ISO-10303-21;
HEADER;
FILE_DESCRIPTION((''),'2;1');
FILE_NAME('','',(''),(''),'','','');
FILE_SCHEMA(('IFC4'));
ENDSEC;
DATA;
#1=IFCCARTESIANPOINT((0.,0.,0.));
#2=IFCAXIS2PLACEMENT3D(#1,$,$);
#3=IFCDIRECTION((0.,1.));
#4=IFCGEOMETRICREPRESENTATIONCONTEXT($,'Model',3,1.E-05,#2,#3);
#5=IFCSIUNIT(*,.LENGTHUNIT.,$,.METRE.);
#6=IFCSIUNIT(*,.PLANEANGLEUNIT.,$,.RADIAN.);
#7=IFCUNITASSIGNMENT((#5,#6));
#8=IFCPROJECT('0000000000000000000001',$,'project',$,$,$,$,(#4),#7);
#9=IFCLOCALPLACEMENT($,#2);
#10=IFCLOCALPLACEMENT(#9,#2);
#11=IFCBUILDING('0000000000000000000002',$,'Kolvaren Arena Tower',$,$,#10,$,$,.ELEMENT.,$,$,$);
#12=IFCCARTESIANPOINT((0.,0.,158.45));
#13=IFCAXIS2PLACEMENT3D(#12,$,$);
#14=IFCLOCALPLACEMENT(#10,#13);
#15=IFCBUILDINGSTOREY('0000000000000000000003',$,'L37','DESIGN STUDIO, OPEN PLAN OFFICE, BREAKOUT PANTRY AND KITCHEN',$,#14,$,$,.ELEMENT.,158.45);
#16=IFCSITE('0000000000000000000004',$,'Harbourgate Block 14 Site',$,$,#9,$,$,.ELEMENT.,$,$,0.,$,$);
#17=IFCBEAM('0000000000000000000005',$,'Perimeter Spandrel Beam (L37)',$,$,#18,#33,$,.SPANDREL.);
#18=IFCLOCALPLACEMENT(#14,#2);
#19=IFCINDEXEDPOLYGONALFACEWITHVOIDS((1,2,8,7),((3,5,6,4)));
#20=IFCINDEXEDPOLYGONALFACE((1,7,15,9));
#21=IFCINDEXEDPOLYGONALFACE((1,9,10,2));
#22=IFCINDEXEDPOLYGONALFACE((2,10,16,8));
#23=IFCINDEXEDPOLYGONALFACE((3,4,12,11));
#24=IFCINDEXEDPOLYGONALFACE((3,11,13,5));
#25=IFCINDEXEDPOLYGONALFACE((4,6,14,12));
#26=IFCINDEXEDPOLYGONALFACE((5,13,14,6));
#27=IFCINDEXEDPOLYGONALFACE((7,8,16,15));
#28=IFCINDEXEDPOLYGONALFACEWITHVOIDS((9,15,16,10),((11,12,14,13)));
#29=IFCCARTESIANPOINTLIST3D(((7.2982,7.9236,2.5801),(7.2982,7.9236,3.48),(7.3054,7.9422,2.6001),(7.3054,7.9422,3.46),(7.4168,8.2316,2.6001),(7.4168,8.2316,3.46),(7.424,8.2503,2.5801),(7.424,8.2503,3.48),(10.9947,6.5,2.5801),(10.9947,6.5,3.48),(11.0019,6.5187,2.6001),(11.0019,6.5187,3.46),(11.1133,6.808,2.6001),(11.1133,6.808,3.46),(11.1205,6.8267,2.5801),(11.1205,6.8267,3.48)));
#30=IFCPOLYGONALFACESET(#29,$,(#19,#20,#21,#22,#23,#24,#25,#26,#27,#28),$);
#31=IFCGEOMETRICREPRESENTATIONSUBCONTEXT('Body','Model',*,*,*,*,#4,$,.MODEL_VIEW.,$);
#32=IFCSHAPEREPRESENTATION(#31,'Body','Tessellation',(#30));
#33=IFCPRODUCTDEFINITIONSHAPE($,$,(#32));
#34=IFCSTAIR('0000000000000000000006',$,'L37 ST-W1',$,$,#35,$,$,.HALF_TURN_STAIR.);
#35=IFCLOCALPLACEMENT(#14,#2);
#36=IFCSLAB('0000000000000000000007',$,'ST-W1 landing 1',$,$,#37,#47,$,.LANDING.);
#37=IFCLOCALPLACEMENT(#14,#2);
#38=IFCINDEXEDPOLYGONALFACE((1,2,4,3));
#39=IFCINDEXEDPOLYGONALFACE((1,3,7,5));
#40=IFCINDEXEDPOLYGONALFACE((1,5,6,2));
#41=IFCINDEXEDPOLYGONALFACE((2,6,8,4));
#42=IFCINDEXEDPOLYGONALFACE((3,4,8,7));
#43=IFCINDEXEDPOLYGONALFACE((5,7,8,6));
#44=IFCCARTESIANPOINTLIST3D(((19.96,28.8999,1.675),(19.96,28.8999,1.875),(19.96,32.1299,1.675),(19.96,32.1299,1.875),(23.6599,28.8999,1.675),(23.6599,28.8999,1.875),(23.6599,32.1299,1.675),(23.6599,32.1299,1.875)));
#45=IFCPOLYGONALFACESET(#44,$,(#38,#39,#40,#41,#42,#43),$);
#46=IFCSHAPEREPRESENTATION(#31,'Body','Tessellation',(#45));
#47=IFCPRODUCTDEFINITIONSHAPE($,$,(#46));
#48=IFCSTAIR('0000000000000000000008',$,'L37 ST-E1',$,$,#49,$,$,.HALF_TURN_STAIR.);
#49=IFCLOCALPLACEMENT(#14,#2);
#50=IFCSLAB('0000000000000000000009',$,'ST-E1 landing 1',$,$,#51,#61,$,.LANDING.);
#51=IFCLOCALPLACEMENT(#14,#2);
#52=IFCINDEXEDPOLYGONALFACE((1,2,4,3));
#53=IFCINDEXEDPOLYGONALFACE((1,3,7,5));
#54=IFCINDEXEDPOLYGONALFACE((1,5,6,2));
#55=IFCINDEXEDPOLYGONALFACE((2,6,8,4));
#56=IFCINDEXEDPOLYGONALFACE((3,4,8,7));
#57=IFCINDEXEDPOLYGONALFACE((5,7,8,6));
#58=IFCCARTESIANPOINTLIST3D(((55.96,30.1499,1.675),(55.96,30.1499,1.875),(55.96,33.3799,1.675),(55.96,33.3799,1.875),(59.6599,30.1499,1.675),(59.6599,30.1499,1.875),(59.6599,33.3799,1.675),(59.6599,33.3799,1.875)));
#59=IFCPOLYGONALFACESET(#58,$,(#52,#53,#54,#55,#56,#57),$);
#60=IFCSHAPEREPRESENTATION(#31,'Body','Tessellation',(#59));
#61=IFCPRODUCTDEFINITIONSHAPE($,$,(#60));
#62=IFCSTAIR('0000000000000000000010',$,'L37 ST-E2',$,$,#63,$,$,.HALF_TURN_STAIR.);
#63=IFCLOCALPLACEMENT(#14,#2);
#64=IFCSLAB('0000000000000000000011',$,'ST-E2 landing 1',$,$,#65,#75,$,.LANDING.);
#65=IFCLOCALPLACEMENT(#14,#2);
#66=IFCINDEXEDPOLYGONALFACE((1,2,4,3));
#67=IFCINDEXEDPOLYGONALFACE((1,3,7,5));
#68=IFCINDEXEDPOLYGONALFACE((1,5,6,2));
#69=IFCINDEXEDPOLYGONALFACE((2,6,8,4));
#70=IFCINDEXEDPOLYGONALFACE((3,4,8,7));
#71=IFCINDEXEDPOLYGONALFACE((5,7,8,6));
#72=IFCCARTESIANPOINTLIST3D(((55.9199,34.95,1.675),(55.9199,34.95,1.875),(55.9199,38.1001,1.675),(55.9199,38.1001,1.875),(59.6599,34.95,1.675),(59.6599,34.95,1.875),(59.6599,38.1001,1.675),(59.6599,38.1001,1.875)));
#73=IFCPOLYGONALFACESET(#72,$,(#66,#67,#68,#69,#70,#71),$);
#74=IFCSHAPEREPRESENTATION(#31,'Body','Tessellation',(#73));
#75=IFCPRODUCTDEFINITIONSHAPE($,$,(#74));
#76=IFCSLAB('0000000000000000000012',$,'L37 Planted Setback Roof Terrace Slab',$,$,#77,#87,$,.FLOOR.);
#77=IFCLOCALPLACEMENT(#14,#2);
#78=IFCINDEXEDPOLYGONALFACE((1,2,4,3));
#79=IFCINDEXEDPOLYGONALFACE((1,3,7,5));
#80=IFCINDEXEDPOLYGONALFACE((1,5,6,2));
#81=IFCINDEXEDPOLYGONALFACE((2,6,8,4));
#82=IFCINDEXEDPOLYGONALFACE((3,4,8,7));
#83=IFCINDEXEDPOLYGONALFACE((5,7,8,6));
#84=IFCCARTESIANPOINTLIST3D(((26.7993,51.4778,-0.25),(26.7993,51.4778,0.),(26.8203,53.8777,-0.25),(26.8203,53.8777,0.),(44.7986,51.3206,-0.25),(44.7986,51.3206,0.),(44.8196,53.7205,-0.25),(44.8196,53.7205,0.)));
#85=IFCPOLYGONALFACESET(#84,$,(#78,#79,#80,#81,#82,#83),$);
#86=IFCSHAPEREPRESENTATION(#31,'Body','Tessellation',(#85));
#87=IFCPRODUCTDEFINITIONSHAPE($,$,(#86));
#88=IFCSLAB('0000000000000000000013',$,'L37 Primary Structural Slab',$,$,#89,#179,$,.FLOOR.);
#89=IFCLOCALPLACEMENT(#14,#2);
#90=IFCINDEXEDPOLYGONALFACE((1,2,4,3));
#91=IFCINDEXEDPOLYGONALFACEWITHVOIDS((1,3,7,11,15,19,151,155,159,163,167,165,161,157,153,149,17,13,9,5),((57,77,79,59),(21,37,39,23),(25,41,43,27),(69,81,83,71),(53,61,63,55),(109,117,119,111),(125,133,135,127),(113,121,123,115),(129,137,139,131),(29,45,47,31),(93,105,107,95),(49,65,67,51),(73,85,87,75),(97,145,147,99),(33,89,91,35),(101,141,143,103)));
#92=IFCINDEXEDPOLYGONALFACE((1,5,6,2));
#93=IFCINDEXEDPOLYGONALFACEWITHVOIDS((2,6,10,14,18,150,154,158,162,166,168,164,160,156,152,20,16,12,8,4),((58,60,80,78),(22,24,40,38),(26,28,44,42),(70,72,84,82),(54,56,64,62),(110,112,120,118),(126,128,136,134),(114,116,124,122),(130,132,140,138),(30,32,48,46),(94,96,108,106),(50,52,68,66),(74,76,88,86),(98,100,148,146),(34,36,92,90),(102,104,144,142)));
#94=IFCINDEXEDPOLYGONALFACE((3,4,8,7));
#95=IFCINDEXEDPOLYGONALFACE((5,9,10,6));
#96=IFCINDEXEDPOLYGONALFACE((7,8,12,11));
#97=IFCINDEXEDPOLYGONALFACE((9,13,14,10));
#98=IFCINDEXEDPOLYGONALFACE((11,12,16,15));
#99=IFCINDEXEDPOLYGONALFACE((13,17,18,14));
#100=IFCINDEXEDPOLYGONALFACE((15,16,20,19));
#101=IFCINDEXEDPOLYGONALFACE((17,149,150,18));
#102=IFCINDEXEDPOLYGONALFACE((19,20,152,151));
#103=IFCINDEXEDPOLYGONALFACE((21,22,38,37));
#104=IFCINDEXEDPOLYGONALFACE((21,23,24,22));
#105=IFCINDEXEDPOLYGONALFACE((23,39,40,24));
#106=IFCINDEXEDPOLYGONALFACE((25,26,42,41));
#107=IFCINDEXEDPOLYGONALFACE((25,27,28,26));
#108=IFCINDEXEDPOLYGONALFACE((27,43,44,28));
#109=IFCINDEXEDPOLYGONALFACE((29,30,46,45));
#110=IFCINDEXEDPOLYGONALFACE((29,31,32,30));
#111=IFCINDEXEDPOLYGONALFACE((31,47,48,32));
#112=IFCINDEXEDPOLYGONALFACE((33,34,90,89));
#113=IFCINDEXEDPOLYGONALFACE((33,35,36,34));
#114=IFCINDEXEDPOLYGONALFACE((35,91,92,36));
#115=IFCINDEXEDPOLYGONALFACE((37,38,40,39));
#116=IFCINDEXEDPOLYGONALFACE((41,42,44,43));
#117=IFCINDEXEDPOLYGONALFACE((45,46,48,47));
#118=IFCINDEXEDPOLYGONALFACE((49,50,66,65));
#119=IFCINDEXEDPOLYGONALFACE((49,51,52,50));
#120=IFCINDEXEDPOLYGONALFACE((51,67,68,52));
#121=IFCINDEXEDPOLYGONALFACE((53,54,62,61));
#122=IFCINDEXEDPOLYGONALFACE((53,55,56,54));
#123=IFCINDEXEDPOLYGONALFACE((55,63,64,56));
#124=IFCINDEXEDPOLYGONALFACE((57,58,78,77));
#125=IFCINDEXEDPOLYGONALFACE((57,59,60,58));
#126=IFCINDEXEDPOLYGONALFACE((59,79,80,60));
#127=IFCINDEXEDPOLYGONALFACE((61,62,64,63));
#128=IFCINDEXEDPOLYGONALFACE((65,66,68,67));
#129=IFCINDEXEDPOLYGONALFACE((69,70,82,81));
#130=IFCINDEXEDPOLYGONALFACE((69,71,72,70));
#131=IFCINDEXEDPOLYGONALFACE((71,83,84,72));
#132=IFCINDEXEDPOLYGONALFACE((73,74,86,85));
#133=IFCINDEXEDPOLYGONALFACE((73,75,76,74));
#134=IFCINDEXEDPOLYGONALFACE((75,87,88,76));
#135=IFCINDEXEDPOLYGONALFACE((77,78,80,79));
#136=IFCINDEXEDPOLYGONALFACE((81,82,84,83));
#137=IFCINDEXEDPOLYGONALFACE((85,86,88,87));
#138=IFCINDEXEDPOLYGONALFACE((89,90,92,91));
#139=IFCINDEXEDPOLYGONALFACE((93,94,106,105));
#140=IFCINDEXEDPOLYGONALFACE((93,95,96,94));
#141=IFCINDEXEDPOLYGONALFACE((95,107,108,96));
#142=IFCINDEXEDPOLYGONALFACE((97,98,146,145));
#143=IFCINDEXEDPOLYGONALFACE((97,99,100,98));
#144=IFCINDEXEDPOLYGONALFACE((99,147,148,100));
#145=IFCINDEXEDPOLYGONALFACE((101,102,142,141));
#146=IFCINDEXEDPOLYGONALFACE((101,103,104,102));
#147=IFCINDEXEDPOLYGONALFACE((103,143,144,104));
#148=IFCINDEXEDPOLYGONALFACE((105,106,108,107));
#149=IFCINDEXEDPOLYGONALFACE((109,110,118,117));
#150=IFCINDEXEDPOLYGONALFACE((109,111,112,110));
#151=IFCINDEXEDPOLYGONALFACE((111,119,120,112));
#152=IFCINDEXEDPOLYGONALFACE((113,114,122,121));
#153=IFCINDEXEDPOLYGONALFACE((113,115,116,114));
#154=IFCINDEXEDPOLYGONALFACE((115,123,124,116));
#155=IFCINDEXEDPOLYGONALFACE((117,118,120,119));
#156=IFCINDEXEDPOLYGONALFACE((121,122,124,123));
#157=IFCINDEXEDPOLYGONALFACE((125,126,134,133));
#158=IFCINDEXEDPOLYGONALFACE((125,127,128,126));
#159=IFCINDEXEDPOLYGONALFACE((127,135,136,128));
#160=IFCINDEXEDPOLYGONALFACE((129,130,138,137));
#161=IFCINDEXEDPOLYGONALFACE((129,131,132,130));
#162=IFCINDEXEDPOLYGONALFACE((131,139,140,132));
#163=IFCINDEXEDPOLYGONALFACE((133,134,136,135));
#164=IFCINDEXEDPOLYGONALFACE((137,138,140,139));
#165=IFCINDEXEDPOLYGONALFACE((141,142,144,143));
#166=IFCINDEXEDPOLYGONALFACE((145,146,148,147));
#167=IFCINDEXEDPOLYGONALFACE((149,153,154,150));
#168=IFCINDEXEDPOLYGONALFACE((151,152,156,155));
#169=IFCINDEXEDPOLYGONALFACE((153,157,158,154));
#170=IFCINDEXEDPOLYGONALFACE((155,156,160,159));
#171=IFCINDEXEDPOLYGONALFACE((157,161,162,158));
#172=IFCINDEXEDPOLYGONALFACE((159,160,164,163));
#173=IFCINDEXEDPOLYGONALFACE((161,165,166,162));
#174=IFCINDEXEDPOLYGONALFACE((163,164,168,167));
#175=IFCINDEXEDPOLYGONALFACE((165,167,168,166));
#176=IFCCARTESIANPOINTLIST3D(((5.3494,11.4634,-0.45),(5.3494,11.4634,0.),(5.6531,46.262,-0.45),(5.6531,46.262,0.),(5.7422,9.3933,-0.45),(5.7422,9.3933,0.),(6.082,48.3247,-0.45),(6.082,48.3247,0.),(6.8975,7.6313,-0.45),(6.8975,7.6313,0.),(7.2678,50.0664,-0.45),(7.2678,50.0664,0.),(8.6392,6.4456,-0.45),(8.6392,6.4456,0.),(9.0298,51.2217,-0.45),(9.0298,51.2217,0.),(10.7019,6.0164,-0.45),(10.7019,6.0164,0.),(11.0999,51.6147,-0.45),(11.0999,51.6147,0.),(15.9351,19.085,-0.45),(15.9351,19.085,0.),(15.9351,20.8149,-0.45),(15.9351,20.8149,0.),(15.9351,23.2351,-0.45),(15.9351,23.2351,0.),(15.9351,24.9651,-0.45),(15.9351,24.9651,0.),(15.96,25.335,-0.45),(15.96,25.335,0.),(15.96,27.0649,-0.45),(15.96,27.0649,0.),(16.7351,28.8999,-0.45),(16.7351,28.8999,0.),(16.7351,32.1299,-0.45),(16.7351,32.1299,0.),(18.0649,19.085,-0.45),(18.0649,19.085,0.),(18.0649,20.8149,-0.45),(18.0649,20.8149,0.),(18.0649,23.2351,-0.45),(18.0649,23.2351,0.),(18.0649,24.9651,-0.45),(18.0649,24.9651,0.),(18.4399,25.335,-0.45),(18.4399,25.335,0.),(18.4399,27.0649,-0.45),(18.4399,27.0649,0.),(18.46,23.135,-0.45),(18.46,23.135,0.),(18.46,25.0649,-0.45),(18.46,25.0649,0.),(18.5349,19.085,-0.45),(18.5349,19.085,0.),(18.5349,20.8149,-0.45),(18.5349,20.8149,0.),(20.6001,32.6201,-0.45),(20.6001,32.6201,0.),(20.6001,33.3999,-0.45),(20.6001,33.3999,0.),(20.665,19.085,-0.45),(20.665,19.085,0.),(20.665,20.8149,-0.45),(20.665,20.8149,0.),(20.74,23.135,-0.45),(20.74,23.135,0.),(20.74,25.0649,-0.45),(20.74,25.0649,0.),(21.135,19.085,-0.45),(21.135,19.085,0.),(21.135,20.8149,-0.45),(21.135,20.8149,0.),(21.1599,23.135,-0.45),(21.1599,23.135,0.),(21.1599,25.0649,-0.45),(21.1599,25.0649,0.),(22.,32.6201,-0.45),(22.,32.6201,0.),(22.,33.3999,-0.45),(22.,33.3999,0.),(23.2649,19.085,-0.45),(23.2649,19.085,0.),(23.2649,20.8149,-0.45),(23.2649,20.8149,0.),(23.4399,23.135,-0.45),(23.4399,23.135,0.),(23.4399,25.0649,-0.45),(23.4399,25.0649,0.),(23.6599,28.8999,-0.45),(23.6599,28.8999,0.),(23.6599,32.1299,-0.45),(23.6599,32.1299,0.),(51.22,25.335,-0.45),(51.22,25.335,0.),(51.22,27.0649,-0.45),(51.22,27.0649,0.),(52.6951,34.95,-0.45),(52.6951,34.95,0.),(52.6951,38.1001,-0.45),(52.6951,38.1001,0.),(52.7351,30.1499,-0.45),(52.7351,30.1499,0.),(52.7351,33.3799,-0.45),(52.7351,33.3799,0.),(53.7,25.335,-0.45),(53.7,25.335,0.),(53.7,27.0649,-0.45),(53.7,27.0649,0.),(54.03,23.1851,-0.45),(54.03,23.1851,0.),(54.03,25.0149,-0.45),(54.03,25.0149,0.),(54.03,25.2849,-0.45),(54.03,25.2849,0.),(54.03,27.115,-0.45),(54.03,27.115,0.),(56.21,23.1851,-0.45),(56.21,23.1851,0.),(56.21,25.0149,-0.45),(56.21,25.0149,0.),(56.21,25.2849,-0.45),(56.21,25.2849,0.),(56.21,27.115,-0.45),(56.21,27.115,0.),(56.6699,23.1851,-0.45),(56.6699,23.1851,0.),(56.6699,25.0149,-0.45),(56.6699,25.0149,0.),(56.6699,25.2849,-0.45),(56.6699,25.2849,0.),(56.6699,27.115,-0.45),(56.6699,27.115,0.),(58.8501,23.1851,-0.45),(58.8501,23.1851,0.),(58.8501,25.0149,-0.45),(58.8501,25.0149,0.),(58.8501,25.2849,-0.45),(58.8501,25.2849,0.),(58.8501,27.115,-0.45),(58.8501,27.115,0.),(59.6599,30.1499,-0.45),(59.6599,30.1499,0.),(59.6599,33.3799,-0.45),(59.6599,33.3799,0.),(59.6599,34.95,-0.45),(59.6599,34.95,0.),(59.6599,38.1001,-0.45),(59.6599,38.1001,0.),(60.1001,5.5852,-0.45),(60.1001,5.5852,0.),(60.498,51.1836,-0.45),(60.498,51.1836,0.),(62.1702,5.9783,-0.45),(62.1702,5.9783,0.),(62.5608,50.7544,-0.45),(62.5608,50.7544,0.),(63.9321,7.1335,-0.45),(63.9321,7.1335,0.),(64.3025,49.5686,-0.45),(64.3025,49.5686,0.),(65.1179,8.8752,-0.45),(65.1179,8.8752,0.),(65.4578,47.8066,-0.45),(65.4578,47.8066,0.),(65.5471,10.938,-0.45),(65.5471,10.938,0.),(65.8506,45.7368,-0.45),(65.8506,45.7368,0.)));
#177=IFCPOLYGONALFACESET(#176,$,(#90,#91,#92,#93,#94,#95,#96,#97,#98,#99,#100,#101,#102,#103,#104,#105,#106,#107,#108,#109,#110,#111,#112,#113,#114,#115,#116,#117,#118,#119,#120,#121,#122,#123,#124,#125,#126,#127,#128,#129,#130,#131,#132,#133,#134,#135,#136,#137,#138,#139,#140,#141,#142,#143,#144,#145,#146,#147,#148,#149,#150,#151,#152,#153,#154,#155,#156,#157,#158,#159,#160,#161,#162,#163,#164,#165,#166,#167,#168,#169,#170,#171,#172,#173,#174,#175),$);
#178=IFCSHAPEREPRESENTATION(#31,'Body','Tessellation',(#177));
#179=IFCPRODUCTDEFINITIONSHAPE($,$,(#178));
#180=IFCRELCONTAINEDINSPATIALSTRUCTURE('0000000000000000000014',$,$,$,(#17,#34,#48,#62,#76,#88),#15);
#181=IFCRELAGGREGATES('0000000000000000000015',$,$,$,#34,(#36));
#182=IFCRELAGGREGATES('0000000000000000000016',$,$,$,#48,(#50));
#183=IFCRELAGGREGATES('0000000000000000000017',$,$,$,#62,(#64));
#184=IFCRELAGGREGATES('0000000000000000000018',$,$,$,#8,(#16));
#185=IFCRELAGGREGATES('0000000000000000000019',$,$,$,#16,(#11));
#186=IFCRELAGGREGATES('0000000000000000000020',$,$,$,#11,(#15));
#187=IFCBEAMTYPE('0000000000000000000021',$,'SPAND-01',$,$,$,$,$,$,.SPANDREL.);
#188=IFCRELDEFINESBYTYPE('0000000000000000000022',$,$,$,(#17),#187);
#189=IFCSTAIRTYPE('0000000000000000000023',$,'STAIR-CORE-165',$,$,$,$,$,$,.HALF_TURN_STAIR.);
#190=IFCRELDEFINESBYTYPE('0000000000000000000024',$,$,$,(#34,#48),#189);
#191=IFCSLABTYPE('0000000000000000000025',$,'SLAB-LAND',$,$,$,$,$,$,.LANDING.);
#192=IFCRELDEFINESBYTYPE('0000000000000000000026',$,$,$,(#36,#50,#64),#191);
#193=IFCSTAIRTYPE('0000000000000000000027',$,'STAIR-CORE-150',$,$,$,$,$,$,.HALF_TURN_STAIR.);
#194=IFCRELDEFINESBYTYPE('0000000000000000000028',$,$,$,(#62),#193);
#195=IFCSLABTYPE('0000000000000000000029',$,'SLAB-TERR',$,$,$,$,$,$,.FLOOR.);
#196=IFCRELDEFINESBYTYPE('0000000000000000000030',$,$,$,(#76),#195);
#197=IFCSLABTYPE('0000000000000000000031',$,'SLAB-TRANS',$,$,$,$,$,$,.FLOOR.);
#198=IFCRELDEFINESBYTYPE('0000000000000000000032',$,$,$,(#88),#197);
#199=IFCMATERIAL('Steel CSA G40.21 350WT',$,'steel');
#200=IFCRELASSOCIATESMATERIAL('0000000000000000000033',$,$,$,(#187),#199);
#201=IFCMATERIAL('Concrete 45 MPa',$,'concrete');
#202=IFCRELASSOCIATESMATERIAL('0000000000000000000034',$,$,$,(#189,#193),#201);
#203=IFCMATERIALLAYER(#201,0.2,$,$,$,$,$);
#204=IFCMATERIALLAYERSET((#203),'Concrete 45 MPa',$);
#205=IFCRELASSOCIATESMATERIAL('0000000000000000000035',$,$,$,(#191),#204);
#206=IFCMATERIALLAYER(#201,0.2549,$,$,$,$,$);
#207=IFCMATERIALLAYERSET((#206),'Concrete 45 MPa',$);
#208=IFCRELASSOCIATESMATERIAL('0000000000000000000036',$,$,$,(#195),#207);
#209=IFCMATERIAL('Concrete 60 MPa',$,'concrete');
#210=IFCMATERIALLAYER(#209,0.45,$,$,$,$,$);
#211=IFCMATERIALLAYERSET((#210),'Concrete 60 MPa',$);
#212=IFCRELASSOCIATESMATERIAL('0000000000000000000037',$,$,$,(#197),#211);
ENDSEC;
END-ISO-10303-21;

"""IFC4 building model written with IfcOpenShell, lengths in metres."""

from ifc_helpers import new_model, si_unit, direction, frame, origin, origin_2d, place, context, subcontext, project, spatial, polyline, hollow_rectangle, outline, extrude, material, layer, layer_set, material_profile, profile_set, type_object, element, aggregate, save


model = new_model("IFC4")

# Units and contexts
model_context = context("Model", 3, precision=1e-05, world=origin(), true_north=direction((0.0, 1.0)))
body_context = subcontext(model_context, "Body", "Model", "MODEL_VIEW")
ifc_project = project(units=[si_unit("LENGTHUNIT", "METRE"), si_unit("PLANEANGLEUNIT", "RADIAN")], contexts=[model_context])

# Site, building, storey
site_placement = place(None, origin())
site = spatial("IfcSite", under=ifc_project, at=site_placement, Name="Harbourgate Block 14 Site", CompositionType="ELEMENT", RefElevation=0.0)
building_placement = place(site_placement, origin())
building = spatial("IfcBuilding", under=site, at=building_placement, Name="Kolvaren Arena Tower", CompositionType="ELEMENT")
storey_placement = place(building_placement, frame((0.0, 0.0, 158.45)))
storey = spatial("IfcBuildingStorey", under=building, at=storey_placement, Name="L37", Description="DESIGN STUDIO, OPEN PLAN OFFICE, BREAKOUT PANTRY AND KITCHEN", CompositionType="ELEMENT", Elevation=158.45)

# Beam
ifc_material_1 = material(Name="Steel CSA G40.21 350WT", Category="steel")
ifc_material_profile_1 = material_profile(ifc_material_1, hollow_rectangle(XDim=0.3501, YDim=0.8999, WallThickness=0.02, at=origin_2d()), Name="HSS 900x350x20")
ifc_profile_set_1 = profile_set([ifc_material_profile_1], Name="Steel CSA G40.21 350WT")
beam_type_1 = type_object("IfcBeamType", Name="SPAND-01", PredefinedType="SPANDREL", material=ifc_profile_set_1)
beam_1_placement = place(storey_placement, frame((7.3611, 8.0869, 3.03), z_axis=(0.93319, -0.359384, 0.0), x_axis=(0.359384, 0.93319, 0.0)))
element("IfcBeam", 1, at=beam_1_placement, inside=storey, type_object=beam_type_1, Name="Perimeter Spandrel Beam (L37)", PredefinedType="SPANDREL", context=body_context, shape_type="SweptSolid", body=[
    extrude(hollow_rectangle(XDim=0.3501, YDim=0.8999, WallThickness=0.02, at=origin_2d()), origin(), (0.0, 0.0, 1.0), 3.9612),
])

# Stairs, slabs
ifc_material_2 = material(Name="Concrete 45 MPa", Category="concrete")
stair_type_1 = type_object("IfcStairType", Name="STAIR-CORE-165", PredefinedType="HALF_TURN_STAIR", material=ifc_material_2)
stair_1_placement = place(storey_placement, origin())
stair_1 = element("IfcStair", 2, at=stair_1_placement, inside=storey, type_object=stair_type_1, Name="L37 ST-W1", PredefinedType="HALF_TURN_STAIR")
ifc_layer_1 = layer(ifc_material_2, 0.2)
ifc_layer_set_1 = layer_set([ifc_layer_1], Name="Concrete 45 MPa")
slab_type_1 = type_object("IfcSlabType", Name="SLAB-LAND", PredefinedType="LANDING", material=ifc_layer_set_1)
slab_1_placement = place(storey_placement, frame((0.0, 0.0, 1.675)))
slab_1 = element("IfcSlab", 3, at=slab_1_placement, type_object=slab_type_1, Name="ST-W1 landing 1", PredefinedType="LANDING", context=body_context, shape_type="SweptSolid", body=[
    extrude(outline(polyline([(19.96, 28.8999), (23.6599, 28.8999), (23.6599, 32.1299), (19.96, 32.1299), (19.96, 28.8999)])), origin(), (0.0, 0.0, 1.0), 0.2),
])
aggregate(stair_1, [slab_1])
stair_2_placement = place(storey_placement, origin())
stair_2 = element("IfcStair", 4, at=stair_2_placement, inside=storey, type_object=stair_type_1, Name="L37 ST-E1", PredefinedType="HALF_TURN_STAIR")
slab_2_placement = place(storey_placement, frame((0.0, 0.0, 1.675)))
slab_2 = element("IfcSlab", 5, at=slab_2_placement, type_object=slab_type_1, Name="ST-E1 landing 1", PredefinedType="LANDING", context=body_context, shape_type="SweptSolid", body=[
    extrude(outline(polyline([(55.96, 30.1499), (59.6599, 30.1499), (59.6599, 33.3799), (55.96, 33.3799), (55.96, 30.1499)])), origin(), (0.0, 0.0, 1.0), 0.2),
])
aggregate(stair_2, [slab_2])
stair_type_2 = type_object("IfcStairType", Name="STAIR-CORE-150", PredefinedType="HALF_TURN_STAIR", material=ifc_material_2)
stair_3_placement = place(storey_placement, origin())
stair_3 = element("IfcStair", 6, at=stair_3_placement, inside=storey, type_object=stair_type_2, Name="L37 ST-E2", PredefinedType="HALF_TURN_STAIR")
slab_3_placement = place(storey_placement, frame((0.0, 0.0, 1.675)))
slab_3 = element("IfcSlab", 7, at=slab_3_placement, type_object=slab_type_1, Name="ST-E2 landing 1", PredefinedType="LANDING", context=body_context, shape_type="SweptSolid", body=[
    extrude(outline(polyline([(55.9199, 34.95), (59.6599, 34.95), (59.6599, 38.1001), (55.9199, 38.1001), (55.9199, 34.95)])), origin(), (0.0, 0.0, 1.0), 0.2),
])
aggregate(stair_3, [slab_3])

# Slabs
ifc_layer_2 = layer(ifc_material_2, 0.2549)
ifc_layer_set_2 = layer_set([ifc_layer_2], Name="Concrete 45 MPa")
slab_type_2 = type_object("IfcSlabType", Name="SLAB-TERR", PredefinedType="FLOOR", material=ifc_layer_set_2)
slab_4_placement = place(storey_placement, frame((0.0, 0.0, -0.25)))
element("IfcSlab", 8, at=slab_4_placement, inside=storey, type_object=slab_type_2, Name="L37 Planted Setback Roof Terrace Slab", PredefinedType="FLOOR", context=body_context, shape_type="SweptSolid", body=[
    extrude(outline(polyline([(26.7993, 51.4778), (44.7986, 51.3206), (44.8196, 53.7205), (26.8203, 53.8777), (26.7993, 51.4778)])), origin(), (0.0, 0.0, 1.0), 0.25),
])
ifc_material_3 = material(Name="Concrete 60 MPa", Category="concrete")
ifc_layer_3 = layer(ifc_material_3, 0.45)
ifc_layer_set_3 = layer_set([ifc_layer_3], Name="Concrete 60 MPa")
slab_type_3 = type_object("IfcSlabType", Name="SLAB-TRANS", PredefinedType="FLOOR", material=ifc_layer_set_3)
slab_5_placement = place(storey_placement, frame((0.0, 0.0, -0.45)))
element("IfcSlab", 9, at=slab_5_placement, inside=storey, type_object=slab_type_3, Name="L37 Primary Structural Slab", PredefinedType="FLOOR", context=body_context, shape_type="SweptSolid", body=[
    extrude(outline(polyline([(60.1001, 5.5852), (62.1702, 5.9783), (63.9321, 7.1335), (65.1179, 8.8752), (65.5471, 10.938), (65.8506, 45.7368), (65.4578, 47.8066), (64.3025, 49.5686), (62.5608, 50.7544), (60.498, 51.1836), (11.0999, 51.6147), (9.0298, 51.2217), (7.2678, 50.0664), (6.082, 48.3247), (5.6531, 46.262), (5.3494, 11.4634), (5.7422, 9.3933), (6.8975, 7.6313), (8.6392, 6.4456), (10.7019, 6.0164), (60.1001, 5.5852)]), holes=[polyline([(15.9351, 19.085), (15.9351, 20.8149), (18.0649, 20.8149), (18.0649, 19.085), (15.9351, 19.085)]), polyline([(18.5349, 19.085), (18.5349, 20.8149), (20.665, 20.8149), (20.665, 19.085), (18.5349, 19.085)]), polyline([(21.135, 19.085), (21.135, 20.8149), (23.2649, 20.8149), (23.2649, 19.085), (21.135, 19.085)]), polyline([(18.46, 23.135), (18.46, 25.0649), (20.74, 25.0649), (20.74, 23.135), (18.46, 23.135)]), polyline([(21.1599, 23.135), (21.1599, 25.0649), (23.4399, 25.0649), (23.4399, 23.135), (21.1599, 23.135)]), polyline([(54.03, 23.1851), (54.03, 25.0149), (56.21, 25.0149), (56.21, 23.1851), (54.03, 23.1851)]), polyline([(56.6699, 23.1851), (56.6699, 25.0149), (58.8501, 25.0149), (58.8501, 23.1851), (56.6699, 23.1851)]), polyline([(15.9351, 23.2351), (15.9351, 24.9651), (18.0649, 24.9651), (18.0649, 23.2351), (15.9351, 23.2351)]), polyline([(54.03, 25.2849), (54.03, 27.115), (56.21, 27.115), (56.21, 25.2849), (54.03, 25.2849)]), polyline([(56.6699, 25.2849), (56.6699, 27.115), (58.8501, 27.115), (58.8501, 25.2849), (56.6699, 25.2849)]), polyline([(15.96, 25.335), (15.96, 27.0649), (18.4399, 27.0649), (18.4399, 25.335), (15.96, 25.335)]), polyline([(51.22, 25.335), (51.22, 27.0649), (53.7, 27.0649), (53.7, 25.335), (51.22, 25.335)]), polyline([(16.7351, 28.8999), (16.7351, 32.1299), (23.6599, 32.1299), (23.6599, 28.8999), (16.7351, 28.8999)]), polyline([(52.7351, 30.1499), (52.7351, 33.3799), (59.6599, 33.3799), (59.6599, 30.1499), (52.7351, 30.1499)]), polyline([(20.6001, 32.6201), (20.6001, 33.3999), (22.0, 33.3999), (22.0, 32.6201), (20.6001, 32.6201)]), polyline([(52.6951, 34.95), (52.6951, 38.1001), (59.6599, 38.1001), (59.6599, 34.95), (52.6951, 34.95)])]), origin(), (0.0, 0.0, 1.0), 0.45),
])

save(model, "model.ifc")
